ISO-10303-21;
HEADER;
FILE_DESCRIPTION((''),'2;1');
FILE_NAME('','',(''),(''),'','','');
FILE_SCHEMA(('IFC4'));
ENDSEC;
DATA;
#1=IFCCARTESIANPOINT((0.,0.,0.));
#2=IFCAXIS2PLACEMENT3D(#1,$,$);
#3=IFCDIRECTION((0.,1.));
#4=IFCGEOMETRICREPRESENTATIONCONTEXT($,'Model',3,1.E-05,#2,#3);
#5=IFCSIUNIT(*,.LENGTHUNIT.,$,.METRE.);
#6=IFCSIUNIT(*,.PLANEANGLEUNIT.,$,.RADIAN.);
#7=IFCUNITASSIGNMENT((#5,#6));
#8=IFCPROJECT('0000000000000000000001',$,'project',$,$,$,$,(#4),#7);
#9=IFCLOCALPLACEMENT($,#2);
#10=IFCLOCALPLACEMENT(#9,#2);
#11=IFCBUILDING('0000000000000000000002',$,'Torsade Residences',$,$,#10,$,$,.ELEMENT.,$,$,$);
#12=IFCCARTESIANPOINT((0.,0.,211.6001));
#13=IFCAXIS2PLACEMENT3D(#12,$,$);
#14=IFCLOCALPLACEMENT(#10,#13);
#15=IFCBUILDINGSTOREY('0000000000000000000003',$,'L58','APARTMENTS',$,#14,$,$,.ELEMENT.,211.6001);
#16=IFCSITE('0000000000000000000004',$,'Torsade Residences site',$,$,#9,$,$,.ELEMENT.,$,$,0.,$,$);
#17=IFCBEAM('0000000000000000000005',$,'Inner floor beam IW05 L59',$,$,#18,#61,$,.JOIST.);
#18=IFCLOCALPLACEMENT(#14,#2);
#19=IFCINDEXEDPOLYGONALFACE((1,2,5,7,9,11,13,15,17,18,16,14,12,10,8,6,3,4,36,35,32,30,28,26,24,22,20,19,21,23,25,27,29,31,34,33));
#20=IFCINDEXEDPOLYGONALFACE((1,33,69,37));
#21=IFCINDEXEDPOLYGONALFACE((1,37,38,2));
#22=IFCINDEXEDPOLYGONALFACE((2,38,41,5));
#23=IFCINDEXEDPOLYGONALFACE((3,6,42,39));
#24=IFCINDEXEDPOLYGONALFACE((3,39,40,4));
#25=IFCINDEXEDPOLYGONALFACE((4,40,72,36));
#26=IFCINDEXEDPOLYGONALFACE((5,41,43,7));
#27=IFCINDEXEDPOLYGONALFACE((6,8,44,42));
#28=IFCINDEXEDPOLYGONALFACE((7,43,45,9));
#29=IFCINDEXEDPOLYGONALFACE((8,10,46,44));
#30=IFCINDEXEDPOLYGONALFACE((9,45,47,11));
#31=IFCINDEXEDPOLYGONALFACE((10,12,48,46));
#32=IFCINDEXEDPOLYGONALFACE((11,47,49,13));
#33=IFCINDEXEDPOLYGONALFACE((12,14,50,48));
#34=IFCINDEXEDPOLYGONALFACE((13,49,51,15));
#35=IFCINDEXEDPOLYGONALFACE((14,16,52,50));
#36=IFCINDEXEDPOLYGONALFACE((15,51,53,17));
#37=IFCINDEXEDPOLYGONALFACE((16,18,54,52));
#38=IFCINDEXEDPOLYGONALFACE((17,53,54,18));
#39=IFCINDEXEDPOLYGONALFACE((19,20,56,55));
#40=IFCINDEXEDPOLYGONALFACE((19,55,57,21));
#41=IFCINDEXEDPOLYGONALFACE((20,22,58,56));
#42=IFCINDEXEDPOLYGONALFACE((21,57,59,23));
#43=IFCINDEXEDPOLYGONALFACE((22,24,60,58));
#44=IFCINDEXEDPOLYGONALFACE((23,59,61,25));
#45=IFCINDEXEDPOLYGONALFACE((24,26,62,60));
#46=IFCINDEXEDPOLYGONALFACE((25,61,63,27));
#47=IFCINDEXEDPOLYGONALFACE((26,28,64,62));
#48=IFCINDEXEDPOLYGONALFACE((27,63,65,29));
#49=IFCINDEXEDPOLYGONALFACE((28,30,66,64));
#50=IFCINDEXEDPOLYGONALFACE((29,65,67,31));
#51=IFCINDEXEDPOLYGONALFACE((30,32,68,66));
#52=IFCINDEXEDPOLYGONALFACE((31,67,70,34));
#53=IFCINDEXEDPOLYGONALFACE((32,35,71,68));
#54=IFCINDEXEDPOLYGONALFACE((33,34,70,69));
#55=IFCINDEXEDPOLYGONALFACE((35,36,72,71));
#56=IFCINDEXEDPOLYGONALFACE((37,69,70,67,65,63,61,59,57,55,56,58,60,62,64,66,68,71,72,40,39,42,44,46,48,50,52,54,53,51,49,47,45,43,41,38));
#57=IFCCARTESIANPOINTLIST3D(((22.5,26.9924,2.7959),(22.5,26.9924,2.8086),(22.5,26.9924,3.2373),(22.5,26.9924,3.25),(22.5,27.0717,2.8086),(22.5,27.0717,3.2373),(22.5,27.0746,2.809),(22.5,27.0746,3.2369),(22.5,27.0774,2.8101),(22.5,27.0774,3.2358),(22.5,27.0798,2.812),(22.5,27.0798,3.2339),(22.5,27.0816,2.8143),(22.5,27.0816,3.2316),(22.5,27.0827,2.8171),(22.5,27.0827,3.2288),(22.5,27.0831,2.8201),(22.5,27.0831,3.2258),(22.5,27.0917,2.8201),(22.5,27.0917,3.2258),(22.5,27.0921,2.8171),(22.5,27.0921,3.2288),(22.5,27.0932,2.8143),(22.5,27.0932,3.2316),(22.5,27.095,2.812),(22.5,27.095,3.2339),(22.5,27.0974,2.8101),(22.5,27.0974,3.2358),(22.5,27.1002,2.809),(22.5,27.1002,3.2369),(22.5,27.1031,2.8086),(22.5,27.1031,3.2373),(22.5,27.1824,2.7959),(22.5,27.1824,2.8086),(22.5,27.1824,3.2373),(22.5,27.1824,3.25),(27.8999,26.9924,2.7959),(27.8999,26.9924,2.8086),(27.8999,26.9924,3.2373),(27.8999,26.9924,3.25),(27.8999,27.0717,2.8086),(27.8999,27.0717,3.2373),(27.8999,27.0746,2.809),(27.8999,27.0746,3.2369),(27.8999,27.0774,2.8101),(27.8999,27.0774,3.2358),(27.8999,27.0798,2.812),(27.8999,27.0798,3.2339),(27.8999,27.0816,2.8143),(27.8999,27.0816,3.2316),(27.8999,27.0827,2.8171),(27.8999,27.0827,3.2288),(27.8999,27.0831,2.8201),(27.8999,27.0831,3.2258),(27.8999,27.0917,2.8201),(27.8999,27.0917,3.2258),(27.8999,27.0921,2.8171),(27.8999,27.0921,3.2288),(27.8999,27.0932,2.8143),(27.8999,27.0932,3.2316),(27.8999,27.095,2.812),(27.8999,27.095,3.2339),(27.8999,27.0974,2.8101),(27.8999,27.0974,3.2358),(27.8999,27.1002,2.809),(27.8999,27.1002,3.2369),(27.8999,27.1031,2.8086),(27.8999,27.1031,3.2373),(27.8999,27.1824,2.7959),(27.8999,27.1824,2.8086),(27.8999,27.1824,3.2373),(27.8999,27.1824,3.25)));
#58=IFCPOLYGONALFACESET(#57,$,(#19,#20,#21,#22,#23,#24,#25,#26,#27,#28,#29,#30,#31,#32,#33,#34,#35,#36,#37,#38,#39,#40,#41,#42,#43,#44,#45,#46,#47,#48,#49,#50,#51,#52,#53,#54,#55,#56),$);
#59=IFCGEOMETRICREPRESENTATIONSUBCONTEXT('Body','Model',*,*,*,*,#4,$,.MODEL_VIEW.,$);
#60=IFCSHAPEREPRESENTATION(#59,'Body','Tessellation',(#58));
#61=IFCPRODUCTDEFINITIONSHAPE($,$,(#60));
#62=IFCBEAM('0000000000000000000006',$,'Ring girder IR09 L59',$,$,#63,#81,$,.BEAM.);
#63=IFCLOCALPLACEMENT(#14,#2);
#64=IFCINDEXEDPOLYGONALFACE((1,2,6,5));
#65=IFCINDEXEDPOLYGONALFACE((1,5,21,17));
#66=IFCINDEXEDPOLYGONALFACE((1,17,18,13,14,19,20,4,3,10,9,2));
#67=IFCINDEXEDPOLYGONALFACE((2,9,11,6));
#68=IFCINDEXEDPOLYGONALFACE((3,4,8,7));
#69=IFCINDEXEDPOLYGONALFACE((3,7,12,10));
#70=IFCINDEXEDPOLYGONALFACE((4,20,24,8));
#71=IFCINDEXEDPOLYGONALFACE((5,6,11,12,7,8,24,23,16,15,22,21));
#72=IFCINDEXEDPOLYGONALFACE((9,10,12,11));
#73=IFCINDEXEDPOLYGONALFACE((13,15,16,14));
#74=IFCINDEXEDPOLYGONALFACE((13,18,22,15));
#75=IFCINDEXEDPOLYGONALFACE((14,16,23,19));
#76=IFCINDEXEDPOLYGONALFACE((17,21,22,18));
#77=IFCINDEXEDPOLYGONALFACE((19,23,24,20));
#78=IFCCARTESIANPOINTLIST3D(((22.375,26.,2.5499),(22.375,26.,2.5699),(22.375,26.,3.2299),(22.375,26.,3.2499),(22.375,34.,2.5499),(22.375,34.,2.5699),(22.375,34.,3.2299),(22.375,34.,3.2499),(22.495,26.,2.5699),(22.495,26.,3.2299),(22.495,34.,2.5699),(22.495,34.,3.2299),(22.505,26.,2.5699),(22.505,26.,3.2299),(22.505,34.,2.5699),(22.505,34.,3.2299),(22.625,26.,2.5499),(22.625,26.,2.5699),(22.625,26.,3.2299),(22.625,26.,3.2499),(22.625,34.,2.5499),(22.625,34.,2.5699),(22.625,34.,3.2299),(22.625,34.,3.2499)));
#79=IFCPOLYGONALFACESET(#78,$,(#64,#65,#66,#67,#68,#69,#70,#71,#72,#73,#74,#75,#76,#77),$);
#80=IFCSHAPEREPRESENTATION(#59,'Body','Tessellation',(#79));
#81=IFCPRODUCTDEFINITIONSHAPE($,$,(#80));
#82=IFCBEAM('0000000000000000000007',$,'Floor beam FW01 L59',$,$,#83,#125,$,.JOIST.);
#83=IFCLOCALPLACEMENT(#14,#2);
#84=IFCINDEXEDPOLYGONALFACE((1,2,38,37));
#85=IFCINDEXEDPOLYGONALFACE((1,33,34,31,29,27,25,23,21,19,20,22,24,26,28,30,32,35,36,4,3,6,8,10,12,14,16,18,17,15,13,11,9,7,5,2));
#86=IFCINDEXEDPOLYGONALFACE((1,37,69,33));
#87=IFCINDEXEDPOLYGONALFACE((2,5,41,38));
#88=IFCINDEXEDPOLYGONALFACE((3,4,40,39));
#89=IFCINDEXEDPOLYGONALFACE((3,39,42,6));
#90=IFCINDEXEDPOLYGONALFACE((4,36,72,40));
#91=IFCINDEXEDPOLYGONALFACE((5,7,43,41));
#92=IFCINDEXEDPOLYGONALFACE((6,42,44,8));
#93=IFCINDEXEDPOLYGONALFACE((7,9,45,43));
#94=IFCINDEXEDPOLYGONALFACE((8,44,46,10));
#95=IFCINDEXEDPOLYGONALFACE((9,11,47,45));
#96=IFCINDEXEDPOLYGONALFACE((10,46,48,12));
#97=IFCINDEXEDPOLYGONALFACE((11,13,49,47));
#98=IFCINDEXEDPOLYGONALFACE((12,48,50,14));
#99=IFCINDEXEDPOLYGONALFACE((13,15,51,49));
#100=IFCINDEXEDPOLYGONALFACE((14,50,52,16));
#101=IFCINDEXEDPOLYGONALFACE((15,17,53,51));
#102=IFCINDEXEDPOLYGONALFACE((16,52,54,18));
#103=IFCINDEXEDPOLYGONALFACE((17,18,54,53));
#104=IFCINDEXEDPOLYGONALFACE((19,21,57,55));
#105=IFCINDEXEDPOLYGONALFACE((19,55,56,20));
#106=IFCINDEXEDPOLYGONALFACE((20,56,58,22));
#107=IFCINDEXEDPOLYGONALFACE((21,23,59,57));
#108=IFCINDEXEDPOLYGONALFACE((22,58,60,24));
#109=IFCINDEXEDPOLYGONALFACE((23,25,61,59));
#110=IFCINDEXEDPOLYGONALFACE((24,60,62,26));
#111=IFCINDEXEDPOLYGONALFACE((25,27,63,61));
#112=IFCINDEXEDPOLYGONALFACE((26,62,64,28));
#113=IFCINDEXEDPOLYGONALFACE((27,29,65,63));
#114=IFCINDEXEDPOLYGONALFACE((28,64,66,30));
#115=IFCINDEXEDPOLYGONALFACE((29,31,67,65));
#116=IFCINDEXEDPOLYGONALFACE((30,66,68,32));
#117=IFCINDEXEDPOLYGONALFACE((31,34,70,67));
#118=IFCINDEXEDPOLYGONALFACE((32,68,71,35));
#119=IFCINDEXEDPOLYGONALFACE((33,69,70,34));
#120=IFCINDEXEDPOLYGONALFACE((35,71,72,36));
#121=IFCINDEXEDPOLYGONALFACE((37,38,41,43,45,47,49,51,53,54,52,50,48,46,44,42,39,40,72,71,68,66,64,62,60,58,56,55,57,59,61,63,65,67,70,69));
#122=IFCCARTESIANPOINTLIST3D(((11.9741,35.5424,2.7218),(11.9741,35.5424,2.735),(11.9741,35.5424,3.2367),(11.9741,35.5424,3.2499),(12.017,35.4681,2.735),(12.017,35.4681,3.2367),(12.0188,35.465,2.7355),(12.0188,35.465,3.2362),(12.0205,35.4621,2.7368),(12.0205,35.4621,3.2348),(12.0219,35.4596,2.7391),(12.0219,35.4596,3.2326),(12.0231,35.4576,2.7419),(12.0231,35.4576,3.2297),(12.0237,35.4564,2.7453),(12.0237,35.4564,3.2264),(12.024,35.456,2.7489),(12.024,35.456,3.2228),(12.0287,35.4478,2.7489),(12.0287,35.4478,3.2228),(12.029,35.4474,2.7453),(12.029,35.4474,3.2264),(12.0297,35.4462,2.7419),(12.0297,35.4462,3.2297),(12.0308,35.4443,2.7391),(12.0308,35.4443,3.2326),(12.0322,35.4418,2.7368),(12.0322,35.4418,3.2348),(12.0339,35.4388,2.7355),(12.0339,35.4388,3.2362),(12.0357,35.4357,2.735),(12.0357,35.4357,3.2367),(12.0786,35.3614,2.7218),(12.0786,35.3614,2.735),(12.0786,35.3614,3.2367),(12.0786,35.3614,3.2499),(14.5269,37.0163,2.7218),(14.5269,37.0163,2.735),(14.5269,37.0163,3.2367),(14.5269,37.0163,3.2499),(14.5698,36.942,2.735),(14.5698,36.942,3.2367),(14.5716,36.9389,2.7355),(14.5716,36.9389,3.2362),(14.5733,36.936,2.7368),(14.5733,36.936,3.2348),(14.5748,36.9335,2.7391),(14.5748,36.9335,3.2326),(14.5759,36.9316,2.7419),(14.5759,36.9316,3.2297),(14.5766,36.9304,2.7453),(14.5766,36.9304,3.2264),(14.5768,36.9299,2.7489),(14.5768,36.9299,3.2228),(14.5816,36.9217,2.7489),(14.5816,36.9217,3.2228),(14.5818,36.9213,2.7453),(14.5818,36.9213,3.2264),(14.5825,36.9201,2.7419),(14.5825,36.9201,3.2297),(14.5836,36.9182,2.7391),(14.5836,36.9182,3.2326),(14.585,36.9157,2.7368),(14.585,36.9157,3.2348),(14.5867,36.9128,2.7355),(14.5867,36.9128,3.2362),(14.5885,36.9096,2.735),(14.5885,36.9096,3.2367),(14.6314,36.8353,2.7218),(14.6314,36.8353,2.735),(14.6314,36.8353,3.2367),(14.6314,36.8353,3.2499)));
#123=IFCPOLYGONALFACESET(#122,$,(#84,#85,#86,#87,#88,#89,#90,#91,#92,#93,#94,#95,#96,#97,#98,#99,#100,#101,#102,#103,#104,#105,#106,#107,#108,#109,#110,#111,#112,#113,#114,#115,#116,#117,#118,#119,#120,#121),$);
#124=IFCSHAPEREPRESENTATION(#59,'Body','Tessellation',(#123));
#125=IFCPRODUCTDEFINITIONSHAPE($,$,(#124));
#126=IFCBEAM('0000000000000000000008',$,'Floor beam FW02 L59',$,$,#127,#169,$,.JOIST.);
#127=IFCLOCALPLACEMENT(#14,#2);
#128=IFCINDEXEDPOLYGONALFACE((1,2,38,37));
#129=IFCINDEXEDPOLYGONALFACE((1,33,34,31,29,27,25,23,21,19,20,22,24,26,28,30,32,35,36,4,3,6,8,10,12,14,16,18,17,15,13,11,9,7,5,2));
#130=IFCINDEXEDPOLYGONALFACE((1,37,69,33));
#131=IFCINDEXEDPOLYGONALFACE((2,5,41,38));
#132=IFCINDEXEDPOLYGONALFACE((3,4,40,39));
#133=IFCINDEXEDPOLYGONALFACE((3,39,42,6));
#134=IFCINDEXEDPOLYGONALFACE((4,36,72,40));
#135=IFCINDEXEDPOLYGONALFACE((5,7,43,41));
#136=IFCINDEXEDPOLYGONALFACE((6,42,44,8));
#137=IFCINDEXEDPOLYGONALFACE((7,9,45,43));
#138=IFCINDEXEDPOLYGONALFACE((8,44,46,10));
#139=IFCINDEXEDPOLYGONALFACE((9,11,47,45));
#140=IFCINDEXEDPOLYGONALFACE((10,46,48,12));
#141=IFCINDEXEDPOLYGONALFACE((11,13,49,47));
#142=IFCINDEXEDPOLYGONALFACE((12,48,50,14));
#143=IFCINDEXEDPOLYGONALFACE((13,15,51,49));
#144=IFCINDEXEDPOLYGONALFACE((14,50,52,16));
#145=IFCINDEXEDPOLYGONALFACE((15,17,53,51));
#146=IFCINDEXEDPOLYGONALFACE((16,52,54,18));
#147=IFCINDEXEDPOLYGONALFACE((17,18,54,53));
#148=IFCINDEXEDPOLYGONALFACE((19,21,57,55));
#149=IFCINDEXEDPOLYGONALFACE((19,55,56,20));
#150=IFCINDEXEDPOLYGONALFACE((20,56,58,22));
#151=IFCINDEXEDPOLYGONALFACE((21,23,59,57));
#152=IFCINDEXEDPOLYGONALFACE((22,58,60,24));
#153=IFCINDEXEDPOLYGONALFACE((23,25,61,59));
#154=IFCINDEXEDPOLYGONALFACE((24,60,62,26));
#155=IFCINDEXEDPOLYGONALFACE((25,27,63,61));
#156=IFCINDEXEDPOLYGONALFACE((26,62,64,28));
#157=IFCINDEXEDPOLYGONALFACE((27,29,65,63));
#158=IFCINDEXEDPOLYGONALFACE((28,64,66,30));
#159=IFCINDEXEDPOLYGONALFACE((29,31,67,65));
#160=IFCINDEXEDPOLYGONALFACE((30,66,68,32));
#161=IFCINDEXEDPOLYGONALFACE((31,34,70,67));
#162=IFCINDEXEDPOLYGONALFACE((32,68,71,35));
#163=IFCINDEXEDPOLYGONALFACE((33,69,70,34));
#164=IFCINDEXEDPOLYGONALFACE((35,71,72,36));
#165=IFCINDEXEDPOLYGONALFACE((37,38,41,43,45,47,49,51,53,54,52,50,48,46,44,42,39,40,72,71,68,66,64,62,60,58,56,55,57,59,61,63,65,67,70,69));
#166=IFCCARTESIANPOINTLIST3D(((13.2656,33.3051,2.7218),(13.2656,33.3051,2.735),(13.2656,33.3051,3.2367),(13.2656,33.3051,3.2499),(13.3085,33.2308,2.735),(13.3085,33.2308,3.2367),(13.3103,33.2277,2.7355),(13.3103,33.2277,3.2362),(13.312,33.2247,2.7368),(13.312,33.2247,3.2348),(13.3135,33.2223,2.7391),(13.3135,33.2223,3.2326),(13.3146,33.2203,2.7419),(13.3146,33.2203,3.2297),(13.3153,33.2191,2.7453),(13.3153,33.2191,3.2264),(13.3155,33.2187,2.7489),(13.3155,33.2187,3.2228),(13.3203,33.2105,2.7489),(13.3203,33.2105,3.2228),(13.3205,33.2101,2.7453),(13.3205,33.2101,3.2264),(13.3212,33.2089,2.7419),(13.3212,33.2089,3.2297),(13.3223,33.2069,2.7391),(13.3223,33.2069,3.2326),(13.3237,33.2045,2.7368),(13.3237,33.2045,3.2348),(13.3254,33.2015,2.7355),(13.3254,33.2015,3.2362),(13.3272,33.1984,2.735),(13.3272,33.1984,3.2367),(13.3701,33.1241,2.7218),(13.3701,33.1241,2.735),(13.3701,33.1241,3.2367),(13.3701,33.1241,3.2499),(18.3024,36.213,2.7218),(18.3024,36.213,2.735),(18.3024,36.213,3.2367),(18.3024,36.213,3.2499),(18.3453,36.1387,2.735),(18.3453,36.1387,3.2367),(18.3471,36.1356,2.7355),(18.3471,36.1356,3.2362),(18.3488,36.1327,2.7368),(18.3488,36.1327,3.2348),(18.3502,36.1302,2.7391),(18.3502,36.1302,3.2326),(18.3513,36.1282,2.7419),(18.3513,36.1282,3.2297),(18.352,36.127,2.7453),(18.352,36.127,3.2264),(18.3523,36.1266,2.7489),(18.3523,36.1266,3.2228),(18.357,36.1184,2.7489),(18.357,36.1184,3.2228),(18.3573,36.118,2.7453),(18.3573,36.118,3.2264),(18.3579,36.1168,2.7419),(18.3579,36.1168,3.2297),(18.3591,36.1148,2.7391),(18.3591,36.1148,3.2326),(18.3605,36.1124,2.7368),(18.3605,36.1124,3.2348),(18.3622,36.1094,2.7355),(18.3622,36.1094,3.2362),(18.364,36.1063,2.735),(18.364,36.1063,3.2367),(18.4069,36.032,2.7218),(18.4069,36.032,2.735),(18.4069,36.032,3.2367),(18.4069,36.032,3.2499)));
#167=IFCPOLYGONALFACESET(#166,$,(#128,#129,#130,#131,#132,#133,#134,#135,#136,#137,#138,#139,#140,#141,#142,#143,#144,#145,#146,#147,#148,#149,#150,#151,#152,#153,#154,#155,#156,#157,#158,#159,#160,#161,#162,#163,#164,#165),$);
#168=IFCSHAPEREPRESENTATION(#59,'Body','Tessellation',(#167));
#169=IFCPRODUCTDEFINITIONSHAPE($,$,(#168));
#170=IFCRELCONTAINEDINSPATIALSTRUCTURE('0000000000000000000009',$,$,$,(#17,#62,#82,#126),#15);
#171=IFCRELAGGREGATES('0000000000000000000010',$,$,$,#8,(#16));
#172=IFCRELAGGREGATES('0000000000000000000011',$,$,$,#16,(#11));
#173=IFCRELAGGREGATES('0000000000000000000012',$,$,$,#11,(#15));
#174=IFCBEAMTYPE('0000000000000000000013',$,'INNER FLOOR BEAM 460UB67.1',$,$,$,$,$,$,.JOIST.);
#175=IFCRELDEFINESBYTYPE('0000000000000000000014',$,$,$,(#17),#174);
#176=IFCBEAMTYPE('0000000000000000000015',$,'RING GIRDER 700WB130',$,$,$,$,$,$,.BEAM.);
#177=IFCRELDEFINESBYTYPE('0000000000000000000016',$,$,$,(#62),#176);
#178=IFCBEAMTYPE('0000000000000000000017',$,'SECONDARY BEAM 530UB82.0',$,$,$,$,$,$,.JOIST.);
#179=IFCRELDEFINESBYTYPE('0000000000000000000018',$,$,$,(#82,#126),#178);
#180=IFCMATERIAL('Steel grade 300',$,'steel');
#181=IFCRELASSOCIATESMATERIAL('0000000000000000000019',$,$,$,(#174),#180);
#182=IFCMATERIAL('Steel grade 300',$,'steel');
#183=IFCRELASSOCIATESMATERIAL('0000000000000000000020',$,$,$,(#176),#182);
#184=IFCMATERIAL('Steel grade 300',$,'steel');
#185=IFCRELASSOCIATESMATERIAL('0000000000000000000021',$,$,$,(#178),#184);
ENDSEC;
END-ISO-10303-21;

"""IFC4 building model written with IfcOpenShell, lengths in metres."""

from ifc_helpers import new_model, si_unit, direction, frame, origin, origin_2d, place, context, subcontext, project, spatial, i_section, extrude, material, material_profile, profile_set, type_object, element, save


model = new_model("IFC4")

# Units and contexts
model_context = context("Model", 3, precision=1e-05, world=origin(), true_north=direction((0.0, 1.0)))
body_context = subcontext(model_context, "Body", "Model", "MODEL_VIEW")
ifc_project = project(units=[si_unit("LENGTHUNIT", "METRE"), si_unit("PLANEANGLEUNIT", "RADIAN")], contexts=[model_context])

# Site, building, storey
site_placement = place(None, origin())
site = spatial("IfcSite", under=ifc_project, at=site_placement, Name="Torsade Residences site", CompositionType="ELEMENT", RefElevation=0.0)
building_placement = place(site_placement, origin())
building = spatial("IfcBuilding", under=site, at=building_placement, Name="Torsade Residences", CompositionType="ELEMENT")
storey_placement = place(building_placement, frame((0.0, 0.0, 211.6001)))
storey = spatial("IfcBuildingStorey", under=building, at=storey_placement, Name="L58", Description="APARTMENTS", CompositionType="ELEMENT", Elevation=211.6001)

# Beams
ifc_material_1 = material(Name="Steel grade 300", Category="steel")
ifc_material_profile_1 = material_profile(ifc_material_1, i_section(OverallWidth=0.1899, OverallDepth=0.4541, WebThickness=0.0085, FlangeThickness=0.0127, FilletRadius=0.0115, at=origin_2d()), Name="460UB67.1")
ifc_profile_set_1 = profile_set([ifc_material_profile_1], Name="Steel grade 300")
beam_type_1 = type_object("IfcBeamType", Name="INNER FLOOR BEAM 460UB67.1", PredefinedType="JOIST", material=ifc_profile_set_1)
for number, where, z_axis, x_axis, name in (
    (1, (27.8999, 27.0874, 3.0229), (-1.0, 0.0, 0.0), (0.0, -1.0, 0.0), "Inner floor beam IW05 L59"),
):
    element("IfcBeam", number, at=place(storey_placement, frame(where, z_axis=z_axis, x_axis=x_axis)), inside=storey, type_object=beam_type_1, Name=name, PredefinedType="JOIST", context=body_context, shape_type="SweptSolid", body=[
        extrude(i_section(OverallWidth=0.1899, OverallDepth=0.4541, WebThickness=0.0085, FlangeThickness=0.0127, FilletRadius=0.0115, at=origin_2d()), origin(), (0.0, 0.0, 1.0), 5.3999),
    ])
ifc_material_2 = material(Name="Steel grade 300", Category="steel")
ifc_material_profile_2 = material_profile(ifc_material_2, i_section(OverallWidth=0.25, OverallDepth=0.7, WebThickness=0.01, FlangeThickness=0.02, at=origin_2d()), Name="700WB130")
ifc_profile_set_2 = profile_set([ifc_material_profile_2], Name="Steel grade 300")
beam_type_2 = type_object("IfcBeamType", Name="RING GIRDER 700WB130", PredefinedType="BEAM", material=ifc_profile_set_2)
beam_1_placement = place(storey_placement, frame((22.5, 34.0, 2.8999), z_axis=(0.0, -1.0, 0.0), x_axis=(1.0, 0.0, 0.0)))
element("IfcBeam", 2, at=beam_1_placement, inside=storey, type_object=beam_type_2, Name="Ring girder IR09 L59", PredefinedType="BEAM", context=body_context, shape_type="SweptSolid", body=[
    extrude(i_section(OverallWidth=0.25, OverallDepth=0.7, WebThickness=0.01, FlangeThickness=0.02, at=origin_2d()), origin(), (0.0, 0.0, 1.0), 8.0),
])
ifc_material_3 = material(Name="Steel grade 300", Category="steel")
ifc_material_profile_3 = material_profile(ifc_material_3, i_section(OverallWidth=0.209, OverallDepth=0.5281, WebThickness=0.0095, FlangeThickness=0.0132, FilletRadius=0.0139, at=origin_2d()), Name="530UB82.0")
ifc_profile_set_3 = profile_set([ifc_material_profile_3], Name="Steel grade 300")
beam_type_3 = type_object("IfcBeamType", Name="SECONDARY BEAM 530UB82.0", PredefinedType="JOIST", material=ifc_profile_set_3)
beam_2_placement = place(storey_placement, frame((12.0264, 35.4519, 2.9858), z_axis=(0.866017, 0.500014, 0.0), x_axis=(-0.500014, 0.866017, 0.0)))
element("IfcBeam", 3, at=beam_2_placement, inside=storey, type_object=beam_type_3, Name="Floor beam FW01 L59", PredefinedType="JOIST", context=body_context, shape_type="SweptSolid", body=[
    extrude(i_section(OverallWidth=0.209, OverallDepth=0.5281, WebThickness=0.0095, FlangeThickness=0.0132, FilletRadius=0.0139, at=origin_2d()), origin(), (0.0, 0.0, 1.0), 2.9478),
])
beam_3_placement = place(storey_placement, frame((13.3179, 33.2146, 2.9858), z_axis=(0.866031, 0.49999, 0.0), x_axis=(-0.49999, 0.866031, 0.0)))
element("IfcBeam", 4, at=beam_3_placement, inside=storey, type_object=beam_type_3, Name="Floor beam FW02 L59", PredefinedType="JOIST", context=body_context, shape_type="SweptSolid", body=[
    extrude(i_section(OverallWidth=0.209, OverallDepth=0.5281, WebThickness=0.0095, FlangeThickness=0.0132, FilletRadius=0.0139, at=origin_2d()), origin(), (0.0, 0.0, 1.0), 5.8159),
])

save(model, "model.ifc")
